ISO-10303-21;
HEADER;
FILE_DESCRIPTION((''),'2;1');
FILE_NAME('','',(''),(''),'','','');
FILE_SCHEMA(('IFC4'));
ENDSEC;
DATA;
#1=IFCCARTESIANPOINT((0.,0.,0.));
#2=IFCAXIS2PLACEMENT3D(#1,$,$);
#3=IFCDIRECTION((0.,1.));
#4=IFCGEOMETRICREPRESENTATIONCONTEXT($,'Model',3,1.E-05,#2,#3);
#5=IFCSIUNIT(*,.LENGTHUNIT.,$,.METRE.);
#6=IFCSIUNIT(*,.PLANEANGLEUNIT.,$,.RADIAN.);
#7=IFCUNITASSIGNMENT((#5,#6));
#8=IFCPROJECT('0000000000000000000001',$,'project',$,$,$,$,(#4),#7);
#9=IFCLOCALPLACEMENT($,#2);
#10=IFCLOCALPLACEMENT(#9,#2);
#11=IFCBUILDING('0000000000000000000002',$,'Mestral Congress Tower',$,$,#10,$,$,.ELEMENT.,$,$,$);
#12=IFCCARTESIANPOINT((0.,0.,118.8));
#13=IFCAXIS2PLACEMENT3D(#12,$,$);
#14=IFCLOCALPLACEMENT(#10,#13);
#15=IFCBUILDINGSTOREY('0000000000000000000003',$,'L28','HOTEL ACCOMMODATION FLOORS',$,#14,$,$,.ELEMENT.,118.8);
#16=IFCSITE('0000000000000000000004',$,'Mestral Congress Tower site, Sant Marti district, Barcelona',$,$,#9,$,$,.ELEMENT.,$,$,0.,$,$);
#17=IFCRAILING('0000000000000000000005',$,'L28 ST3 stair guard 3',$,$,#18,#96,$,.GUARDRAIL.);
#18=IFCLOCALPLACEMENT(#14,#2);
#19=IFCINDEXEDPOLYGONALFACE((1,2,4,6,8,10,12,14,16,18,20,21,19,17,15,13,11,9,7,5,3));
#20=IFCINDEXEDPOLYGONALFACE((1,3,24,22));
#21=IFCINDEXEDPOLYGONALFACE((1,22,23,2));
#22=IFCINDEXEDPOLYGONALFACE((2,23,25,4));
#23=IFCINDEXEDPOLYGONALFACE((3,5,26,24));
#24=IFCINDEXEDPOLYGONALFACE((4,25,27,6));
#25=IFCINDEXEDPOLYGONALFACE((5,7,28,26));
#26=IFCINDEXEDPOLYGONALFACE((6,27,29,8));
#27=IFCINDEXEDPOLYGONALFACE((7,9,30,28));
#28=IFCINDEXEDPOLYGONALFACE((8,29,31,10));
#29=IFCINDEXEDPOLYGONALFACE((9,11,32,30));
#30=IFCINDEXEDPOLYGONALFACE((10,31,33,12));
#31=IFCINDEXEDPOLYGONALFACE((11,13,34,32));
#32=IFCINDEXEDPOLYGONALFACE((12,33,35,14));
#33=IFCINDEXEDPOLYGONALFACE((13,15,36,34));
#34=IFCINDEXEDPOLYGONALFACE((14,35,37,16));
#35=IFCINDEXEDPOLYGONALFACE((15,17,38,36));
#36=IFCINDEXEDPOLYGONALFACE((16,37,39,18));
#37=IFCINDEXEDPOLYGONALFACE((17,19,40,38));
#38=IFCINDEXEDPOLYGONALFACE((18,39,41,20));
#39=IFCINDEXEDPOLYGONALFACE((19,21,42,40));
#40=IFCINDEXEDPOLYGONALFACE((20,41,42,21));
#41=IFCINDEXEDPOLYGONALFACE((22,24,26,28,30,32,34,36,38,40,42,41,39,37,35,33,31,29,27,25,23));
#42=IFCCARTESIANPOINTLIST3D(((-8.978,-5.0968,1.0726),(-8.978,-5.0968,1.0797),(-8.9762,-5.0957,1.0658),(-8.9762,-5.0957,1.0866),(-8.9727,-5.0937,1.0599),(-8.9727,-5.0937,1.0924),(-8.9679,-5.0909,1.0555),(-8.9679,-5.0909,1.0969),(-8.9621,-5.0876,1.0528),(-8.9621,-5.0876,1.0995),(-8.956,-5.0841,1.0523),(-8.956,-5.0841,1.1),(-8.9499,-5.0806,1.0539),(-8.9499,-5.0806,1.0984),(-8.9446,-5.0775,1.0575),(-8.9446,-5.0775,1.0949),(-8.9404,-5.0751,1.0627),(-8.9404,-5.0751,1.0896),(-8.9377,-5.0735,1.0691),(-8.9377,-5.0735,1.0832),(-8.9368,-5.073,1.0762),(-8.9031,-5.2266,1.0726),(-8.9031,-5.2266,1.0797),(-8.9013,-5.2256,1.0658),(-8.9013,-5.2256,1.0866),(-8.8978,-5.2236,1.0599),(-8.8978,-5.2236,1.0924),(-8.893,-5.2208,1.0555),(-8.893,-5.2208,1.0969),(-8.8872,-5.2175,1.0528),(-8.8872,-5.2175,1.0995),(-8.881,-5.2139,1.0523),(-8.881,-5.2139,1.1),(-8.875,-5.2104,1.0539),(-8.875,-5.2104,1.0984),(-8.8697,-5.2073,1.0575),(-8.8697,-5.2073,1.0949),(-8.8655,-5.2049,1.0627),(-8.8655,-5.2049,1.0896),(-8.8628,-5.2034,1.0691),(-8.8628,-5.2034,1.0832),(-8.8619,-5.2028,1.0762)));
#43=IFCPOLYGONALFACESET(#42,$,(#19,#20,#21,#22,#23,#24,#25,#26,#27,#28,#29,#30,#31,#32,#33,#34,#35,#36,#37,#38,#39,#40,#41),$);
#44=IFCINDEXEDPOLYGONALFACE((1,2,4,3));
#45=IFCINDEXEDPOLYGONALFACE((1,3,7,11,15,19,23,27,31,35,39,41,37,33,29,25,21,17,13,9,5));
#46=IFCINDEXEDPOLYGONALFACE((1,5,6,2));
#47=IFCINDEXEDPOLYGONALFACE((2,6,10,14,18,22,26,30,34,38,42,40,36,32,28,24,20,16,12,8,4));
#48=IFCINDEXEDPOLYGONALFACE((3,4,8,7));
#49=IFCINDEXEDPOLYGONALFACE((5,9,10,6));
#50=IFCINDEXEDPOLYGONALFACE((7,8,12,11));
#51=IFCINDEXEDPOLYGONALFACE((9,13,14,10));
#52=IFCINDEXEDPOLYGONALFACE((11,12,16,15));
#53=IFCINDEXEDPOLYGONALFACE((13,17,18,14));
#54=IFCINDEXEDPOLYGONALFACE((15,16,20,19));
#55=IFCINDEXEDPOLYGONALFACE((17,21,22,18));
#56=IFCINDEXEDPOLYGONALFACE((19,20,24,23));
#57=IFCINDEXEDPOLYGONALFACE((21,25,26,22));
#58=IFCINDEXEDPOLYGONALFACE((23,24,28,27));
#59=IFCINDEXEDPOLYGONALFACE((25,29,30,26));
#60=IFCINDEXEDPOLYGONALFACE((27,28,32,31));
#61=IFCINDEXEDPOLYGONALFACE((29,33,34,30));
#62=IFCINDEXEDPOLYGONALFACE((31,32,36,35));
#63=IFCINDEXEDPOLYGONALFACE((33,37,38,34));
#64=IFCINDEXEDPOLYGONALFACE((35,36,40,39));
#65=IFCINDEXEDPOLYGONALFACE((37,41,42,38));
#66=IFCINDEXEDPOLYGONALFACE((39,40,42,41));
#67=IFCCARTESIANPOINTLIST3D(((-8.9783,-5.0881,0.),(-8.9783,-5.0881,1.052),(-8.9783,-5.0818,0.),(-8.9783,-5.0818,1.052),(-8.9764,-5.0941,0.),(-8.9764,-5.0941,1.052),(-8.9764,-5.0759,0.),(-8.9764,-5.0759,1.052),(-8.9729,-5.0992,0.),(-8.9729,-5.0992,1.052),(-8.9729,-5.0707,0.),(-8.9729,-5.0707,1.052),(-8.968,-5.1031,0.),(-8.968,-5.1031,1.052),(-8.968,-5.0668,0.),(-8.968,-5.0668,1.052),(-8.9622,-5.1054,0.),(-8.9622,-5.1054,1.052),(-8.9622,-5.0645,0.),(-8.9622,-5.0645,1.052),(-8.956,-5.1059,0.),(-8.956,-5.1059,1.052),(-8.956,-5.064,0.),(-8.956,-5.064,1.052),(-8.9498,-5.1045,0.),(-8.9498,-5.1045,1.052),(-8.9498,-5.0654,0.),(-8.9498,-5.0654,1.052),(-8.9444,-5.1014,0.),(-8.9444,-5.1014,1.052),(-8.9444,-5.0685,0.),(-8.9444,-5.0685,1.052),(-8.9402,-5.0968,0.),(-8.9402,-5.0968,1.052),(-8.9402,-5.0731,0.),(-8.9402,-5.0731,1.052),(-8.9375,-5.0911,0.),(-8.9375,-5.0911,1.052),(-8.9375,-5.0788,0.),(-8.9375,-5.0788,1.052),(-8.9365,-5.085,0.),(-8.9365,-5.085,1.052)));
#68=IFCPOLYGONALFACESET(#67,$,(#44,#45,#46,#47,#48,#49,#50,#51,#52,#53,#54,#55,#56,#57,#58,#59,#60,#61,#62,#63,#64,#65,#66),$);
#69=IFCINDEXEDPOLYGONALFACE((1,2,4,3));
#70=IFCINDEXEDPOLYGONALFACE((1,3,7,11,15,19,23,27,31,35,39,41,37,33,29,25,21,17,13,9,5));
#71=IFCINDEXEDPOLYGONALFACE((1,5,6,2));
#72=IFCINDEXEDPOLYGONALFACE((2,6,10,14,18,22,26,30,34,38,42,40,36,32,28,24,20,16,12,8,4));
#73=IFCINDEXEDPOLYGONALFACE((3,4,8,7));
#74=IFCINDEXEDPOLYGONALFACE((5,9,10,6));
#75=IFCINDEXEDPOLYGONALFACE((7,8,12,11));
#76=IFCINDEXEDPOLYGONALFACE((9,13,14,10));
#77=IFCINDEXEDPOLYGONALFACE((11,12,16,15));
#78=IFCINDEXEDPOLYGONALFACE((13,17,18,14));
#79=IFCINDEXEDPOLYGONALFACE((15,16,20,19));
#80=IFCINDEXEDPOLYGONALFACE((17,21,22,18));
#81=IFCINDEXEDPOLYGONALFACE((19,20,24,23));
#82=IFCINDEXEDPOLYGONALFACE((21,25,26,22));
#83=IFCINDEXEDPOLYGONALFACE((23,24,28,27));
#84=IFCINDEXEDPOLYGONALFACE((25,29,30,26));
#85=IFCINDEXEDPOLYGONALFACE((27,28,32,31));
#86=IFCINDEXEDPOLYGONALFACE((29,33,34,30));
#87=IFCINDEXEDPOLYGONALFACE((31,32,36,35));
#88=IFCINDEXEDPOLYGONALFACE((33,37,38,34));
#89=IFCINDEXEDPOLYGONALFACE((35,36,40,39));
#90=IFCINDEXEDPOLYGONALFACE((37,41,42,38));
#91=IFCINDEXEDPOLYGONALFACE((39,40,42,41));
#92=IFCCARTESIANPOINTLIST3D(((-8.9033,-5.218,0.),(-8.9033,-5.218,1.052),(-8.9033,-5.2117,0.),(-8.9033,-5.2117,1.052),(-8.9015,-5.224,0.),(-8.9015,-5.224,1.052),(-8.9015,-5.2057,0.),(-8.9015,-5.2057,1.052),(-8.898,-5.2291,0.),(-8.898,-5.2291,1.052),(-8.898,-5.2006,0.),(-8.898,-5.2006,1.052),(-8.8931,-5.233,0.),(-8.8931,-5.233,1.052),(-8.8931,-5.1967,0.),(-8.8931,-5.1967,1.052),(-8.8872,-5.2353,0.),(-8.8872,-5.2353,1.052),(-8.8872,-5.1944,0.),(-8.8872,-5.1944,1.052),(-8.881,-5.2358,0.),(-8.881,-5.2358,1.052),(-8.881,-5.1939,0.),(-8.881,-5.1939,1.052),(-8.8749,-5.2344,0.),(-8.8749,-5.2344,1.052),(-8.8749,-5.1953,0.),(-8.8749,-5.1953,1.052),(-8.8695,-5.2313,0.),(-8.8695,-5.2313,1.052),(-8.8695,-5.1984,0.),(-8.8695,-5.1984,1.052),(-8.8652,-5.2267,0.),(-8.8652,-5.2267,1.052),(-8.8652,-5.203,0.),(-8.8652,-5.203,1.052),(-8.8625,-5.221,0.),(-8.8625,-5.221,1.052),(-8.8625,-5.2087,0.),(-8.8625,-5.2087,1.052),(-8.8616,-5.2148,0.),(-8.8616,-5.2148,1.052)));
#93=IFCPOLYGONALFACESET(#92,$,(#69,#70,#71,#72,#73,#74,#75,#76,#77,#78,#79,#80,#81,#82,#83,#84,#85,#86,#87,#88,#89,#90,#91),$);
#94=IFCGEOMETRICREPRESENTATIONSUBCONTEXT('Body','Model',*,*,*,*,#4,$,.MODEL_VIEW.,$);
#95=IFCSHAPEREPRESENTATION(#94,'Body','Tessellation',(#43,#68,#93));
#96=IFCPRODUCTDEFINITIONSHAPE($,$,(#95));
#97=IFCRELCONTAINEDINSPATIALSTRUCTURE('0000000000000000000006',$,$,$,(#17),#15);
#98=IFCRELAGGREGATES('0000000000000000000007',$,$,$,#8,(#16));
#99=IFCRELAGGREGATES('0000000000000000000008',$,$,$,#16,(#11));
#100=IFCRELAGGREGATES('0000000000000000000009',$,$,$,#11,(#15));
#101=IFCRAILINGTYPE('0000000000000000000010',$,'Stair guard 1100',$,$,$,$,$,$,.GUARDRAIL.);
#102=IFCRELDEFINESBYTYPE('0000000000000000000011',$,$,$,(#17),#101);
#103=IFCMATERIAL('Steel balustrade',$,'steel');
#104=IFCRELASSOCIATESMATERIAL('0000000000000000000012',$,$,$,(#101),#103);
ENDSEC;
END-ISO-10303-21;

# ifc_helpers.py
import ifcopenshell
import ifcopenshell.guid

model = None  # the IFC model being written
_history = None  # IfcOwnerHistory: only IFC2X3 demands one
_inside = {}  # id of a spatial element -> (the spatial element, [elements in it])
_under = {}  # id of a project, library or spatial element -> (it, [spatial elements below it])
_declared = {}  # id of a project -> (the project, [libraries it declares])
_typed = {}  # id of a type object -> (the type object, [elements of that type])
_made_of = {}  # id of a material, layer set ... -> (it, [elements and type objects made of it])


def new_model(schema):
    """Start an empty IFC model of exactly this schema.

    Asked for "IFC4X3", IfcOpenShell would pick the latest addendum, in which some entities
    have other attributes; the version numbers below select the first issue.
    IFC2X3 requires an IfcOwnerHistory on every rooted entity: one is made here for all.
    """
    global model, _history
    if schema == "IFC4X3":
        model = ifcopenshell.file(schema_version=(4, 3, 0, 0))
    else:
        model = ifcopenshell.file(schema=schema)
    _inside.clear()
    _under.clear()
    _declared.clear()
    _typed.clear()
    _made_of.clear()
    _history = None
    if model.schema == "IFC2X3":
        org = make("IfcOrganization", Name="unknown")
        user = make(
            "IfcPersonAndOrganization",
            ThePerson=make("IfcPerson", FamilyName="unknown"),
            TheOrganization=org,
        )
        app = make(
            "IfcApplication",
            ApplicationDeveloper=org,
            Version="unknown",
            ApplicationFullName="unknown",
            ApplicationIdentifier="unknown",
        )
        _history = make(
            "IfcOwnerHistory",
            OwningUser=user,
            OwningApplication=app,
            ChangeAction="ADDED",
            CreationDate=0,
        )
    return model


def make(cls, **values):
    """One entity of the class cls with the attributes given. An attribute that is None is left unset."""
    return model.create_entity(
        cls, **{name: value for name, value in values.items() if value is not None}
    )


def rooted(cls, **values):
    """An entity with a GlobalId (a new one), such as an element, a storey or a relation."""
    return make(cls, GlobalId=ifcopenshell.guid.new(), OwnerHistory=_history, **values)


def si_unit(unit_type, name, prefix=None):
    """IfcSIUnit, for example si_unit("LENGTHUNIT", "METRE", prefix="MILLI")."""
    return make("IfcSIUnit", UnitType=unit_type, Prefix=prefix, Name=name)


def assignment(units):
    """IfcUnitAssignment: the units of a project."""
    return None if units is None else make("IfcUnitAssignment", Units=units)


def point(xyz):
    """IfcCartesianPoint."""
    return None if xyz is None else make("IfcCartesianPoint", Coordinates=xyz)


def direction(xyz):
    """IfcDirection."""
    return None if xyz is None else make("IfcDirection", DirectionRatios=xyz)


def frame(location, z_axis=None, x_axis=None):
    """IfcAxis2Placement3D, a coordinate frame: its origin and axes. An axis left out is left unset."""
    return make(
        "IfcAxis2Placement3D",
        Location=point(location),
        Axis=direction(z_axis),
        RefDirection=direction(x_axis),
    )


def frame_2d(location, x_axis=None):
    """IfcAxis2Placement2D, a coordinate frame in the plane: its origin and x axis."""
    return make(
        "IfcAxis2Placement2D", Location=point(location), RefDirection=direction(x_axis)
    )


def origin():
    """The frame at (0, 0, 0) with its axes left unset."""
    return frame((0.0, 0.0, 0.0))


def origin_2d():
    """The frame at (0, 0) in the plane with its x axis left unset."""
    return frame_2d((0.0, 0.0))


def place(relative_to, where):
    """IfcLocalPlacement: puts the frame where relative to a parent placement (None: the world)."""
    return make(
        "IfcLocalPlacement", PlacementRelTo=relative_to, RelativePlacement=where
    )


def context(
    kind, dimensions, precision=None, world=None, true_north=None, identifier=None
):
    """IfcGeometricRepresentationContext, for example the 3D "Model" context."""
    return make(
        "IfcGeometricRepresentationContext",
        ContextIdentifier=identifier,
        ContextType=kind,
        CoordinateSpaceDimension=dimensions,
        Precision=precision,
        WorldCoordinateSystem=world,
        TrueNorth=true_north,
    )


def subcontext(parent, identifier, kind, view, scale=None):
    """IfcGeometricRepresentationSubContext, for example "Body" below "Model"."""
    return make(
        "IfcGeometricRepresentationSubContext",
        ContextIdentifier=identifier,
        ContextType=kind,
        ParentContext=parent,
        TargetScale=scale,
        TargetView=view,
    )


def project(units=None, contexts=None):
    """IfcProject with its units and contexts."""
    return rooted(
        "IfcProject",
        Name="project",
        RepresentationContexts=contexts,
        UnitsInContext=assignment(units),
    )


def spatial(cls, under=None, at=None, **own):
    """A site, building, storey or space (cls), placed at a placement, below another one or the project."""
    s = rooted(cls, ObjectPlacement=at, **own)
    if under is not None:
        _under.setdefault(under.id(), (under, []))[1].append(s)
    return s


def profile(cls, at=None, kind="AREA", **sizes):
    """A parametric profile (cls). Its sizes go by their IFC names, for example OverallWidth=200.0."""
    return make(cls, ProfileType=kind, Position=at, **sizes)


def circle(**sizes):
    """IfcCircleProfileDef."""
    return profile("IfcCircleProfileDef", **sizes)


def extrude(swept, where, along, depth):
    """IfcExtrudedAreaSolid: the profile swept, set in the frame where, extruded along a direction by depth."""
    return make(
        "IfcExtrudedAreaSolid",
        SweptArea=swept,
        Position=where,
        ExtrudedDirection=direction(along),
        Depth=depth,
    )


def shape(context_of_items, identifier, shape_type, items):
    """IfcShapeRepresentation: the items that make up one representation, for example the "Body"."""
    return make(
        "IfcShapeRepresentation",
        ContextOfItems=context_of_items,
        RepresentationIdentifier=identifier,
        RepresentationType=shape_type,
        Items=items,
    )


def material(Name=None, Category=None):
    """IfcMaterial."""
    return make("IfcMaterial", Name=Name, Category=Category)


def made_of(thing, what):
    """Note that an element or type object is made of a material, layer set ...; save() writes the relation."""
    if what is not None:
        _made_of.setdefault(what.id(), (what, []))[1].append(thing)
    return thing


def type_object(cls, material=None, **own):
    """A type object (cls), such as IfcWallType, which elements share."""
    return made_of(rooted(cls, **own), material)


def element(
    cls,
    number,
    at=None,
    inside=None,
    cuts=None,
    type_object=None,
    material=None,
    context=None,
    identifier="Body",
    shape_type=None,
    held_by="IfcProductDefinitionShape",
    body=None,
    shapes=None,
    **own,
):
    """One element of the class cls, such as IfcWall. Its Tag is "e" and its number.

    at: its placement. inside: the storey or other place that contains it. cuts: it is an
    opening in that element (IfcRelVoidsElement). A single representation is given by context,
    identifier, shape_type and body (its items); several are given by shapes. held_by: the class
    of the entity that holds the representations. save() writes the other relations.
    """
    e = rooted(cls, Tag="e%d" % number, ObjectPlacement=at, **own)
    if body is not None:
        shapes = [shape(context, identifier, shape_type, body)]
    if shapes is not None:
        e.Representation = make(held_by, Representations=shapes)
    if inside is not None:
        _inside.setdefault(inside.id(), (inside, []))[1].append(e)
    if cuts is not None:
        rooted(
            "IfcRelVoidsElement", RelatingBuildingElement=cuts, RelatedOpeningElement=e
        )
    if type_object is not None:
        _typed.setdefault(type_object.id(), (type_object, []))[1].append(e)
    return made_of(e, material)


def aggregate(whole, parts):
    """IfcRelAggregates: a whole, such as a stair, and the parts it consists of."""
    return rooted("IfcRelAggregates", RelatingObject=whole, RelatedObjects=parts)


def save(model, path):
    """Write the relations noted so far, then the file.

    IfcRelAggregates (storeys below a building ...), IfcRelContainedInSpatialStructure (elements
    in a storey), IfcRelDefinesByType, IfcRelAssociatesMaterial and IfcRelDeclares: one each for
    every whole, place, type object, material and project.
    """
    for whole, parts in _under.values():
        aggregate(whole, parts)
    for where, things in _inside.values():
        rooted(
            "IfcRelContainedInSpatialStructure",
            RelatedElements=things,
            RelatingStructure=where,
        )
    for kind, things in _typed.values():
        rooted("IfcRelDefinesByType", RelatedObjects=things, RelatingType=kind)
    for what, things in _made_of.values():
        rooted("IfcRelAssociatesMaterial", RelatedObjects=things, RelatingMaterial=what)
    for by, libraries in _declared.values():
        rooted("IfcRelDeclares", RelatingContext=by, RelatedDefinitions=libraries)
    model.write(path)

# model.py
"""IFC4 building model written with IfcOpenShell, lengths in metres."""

from ifc_helpers import new_model, si_unit, direction, frame, origin, origin_2d, place, context, subcontext, project, spatial, circle, extrude, material, type_object, element, save


model = new_model("IFC4")

# Units and contexts
model_context = context("Model", 3, precision=1e-05, world=origin(), true_north=direction((0.0, 1.0)))
body_context = subcontext(model_context, "Body", "Model", "MODEL_VIEW")
ifc_project = project(units=[si_unit("LENGTHUNIT", "METRE"), si_unit("PLANEANGLEUNIT", "RADIAN")], contexts=[model_context])

# Site, building, storey
site_placement = place(None, origin())
site = spatial("IfcSite", under=ifc_project, at=site_placement, Name="Mestral Congress Tower site, Sant Marti district, Barcelona", CompositionType="ELEMENT", RefElevation=0.0)
building_placement = place(site_placement, origin())
building = spatial("IfcBuilding", under=site, at=building_placement, Name="Mestral Congress Tower", CompositionType="ELEMENT")
storey_placement = place(building_placement, frame((0.0, 0.0, 118.8)))
storey = spatial("IfcBuildingStorey", under=building, at=storey_placement, Name="L28", Description="HOTEL ACCOMMODATION FLOORS", CompositionType="ELEMENT", Elevation=118.8)

# Railing
ifc_material_1 = material(Name="Steel balustrade", Category="steel")
railing_type_1 = type_object("IfcRailingType", Name="Stair guard 1100", PredefinedType="GUARDRAIL", material=ifc_material_1)
railing_1_placement = place(storey_placement, frame((-8.9575, -5.085, 0.0)))
element("IfcRailing", 1, at=railing_1_placement, inside=storey, type_object=railing_type_1, Name="L28 ST3 stair guard 3", PredefinedType="GUARDRAIL", context=body_context, shape_type="SweptSolid", body=[
    extrude(circle(Radius=0.0239, at=origin_2d()), frame((0.0, 0.0, 1.0762), z_axis=(0.499816, -0.866131, 0.0), x_axis=(0.866131, 0.499816, 0.0)), (0.0, 0.0, 1.0), 0.1499),
    extrude(circle(Radius=0.021, at=origin_2d()), origin(), (0.0, 0.0, 1.0), 1.052),
    extrude(circle(Radius=0.021, at=origin_2d()), frame((0.075, -0.1299, 0.0)), (0.0, 0.0, 1.0), 1.052),
])

save(model, "model.ifc")
